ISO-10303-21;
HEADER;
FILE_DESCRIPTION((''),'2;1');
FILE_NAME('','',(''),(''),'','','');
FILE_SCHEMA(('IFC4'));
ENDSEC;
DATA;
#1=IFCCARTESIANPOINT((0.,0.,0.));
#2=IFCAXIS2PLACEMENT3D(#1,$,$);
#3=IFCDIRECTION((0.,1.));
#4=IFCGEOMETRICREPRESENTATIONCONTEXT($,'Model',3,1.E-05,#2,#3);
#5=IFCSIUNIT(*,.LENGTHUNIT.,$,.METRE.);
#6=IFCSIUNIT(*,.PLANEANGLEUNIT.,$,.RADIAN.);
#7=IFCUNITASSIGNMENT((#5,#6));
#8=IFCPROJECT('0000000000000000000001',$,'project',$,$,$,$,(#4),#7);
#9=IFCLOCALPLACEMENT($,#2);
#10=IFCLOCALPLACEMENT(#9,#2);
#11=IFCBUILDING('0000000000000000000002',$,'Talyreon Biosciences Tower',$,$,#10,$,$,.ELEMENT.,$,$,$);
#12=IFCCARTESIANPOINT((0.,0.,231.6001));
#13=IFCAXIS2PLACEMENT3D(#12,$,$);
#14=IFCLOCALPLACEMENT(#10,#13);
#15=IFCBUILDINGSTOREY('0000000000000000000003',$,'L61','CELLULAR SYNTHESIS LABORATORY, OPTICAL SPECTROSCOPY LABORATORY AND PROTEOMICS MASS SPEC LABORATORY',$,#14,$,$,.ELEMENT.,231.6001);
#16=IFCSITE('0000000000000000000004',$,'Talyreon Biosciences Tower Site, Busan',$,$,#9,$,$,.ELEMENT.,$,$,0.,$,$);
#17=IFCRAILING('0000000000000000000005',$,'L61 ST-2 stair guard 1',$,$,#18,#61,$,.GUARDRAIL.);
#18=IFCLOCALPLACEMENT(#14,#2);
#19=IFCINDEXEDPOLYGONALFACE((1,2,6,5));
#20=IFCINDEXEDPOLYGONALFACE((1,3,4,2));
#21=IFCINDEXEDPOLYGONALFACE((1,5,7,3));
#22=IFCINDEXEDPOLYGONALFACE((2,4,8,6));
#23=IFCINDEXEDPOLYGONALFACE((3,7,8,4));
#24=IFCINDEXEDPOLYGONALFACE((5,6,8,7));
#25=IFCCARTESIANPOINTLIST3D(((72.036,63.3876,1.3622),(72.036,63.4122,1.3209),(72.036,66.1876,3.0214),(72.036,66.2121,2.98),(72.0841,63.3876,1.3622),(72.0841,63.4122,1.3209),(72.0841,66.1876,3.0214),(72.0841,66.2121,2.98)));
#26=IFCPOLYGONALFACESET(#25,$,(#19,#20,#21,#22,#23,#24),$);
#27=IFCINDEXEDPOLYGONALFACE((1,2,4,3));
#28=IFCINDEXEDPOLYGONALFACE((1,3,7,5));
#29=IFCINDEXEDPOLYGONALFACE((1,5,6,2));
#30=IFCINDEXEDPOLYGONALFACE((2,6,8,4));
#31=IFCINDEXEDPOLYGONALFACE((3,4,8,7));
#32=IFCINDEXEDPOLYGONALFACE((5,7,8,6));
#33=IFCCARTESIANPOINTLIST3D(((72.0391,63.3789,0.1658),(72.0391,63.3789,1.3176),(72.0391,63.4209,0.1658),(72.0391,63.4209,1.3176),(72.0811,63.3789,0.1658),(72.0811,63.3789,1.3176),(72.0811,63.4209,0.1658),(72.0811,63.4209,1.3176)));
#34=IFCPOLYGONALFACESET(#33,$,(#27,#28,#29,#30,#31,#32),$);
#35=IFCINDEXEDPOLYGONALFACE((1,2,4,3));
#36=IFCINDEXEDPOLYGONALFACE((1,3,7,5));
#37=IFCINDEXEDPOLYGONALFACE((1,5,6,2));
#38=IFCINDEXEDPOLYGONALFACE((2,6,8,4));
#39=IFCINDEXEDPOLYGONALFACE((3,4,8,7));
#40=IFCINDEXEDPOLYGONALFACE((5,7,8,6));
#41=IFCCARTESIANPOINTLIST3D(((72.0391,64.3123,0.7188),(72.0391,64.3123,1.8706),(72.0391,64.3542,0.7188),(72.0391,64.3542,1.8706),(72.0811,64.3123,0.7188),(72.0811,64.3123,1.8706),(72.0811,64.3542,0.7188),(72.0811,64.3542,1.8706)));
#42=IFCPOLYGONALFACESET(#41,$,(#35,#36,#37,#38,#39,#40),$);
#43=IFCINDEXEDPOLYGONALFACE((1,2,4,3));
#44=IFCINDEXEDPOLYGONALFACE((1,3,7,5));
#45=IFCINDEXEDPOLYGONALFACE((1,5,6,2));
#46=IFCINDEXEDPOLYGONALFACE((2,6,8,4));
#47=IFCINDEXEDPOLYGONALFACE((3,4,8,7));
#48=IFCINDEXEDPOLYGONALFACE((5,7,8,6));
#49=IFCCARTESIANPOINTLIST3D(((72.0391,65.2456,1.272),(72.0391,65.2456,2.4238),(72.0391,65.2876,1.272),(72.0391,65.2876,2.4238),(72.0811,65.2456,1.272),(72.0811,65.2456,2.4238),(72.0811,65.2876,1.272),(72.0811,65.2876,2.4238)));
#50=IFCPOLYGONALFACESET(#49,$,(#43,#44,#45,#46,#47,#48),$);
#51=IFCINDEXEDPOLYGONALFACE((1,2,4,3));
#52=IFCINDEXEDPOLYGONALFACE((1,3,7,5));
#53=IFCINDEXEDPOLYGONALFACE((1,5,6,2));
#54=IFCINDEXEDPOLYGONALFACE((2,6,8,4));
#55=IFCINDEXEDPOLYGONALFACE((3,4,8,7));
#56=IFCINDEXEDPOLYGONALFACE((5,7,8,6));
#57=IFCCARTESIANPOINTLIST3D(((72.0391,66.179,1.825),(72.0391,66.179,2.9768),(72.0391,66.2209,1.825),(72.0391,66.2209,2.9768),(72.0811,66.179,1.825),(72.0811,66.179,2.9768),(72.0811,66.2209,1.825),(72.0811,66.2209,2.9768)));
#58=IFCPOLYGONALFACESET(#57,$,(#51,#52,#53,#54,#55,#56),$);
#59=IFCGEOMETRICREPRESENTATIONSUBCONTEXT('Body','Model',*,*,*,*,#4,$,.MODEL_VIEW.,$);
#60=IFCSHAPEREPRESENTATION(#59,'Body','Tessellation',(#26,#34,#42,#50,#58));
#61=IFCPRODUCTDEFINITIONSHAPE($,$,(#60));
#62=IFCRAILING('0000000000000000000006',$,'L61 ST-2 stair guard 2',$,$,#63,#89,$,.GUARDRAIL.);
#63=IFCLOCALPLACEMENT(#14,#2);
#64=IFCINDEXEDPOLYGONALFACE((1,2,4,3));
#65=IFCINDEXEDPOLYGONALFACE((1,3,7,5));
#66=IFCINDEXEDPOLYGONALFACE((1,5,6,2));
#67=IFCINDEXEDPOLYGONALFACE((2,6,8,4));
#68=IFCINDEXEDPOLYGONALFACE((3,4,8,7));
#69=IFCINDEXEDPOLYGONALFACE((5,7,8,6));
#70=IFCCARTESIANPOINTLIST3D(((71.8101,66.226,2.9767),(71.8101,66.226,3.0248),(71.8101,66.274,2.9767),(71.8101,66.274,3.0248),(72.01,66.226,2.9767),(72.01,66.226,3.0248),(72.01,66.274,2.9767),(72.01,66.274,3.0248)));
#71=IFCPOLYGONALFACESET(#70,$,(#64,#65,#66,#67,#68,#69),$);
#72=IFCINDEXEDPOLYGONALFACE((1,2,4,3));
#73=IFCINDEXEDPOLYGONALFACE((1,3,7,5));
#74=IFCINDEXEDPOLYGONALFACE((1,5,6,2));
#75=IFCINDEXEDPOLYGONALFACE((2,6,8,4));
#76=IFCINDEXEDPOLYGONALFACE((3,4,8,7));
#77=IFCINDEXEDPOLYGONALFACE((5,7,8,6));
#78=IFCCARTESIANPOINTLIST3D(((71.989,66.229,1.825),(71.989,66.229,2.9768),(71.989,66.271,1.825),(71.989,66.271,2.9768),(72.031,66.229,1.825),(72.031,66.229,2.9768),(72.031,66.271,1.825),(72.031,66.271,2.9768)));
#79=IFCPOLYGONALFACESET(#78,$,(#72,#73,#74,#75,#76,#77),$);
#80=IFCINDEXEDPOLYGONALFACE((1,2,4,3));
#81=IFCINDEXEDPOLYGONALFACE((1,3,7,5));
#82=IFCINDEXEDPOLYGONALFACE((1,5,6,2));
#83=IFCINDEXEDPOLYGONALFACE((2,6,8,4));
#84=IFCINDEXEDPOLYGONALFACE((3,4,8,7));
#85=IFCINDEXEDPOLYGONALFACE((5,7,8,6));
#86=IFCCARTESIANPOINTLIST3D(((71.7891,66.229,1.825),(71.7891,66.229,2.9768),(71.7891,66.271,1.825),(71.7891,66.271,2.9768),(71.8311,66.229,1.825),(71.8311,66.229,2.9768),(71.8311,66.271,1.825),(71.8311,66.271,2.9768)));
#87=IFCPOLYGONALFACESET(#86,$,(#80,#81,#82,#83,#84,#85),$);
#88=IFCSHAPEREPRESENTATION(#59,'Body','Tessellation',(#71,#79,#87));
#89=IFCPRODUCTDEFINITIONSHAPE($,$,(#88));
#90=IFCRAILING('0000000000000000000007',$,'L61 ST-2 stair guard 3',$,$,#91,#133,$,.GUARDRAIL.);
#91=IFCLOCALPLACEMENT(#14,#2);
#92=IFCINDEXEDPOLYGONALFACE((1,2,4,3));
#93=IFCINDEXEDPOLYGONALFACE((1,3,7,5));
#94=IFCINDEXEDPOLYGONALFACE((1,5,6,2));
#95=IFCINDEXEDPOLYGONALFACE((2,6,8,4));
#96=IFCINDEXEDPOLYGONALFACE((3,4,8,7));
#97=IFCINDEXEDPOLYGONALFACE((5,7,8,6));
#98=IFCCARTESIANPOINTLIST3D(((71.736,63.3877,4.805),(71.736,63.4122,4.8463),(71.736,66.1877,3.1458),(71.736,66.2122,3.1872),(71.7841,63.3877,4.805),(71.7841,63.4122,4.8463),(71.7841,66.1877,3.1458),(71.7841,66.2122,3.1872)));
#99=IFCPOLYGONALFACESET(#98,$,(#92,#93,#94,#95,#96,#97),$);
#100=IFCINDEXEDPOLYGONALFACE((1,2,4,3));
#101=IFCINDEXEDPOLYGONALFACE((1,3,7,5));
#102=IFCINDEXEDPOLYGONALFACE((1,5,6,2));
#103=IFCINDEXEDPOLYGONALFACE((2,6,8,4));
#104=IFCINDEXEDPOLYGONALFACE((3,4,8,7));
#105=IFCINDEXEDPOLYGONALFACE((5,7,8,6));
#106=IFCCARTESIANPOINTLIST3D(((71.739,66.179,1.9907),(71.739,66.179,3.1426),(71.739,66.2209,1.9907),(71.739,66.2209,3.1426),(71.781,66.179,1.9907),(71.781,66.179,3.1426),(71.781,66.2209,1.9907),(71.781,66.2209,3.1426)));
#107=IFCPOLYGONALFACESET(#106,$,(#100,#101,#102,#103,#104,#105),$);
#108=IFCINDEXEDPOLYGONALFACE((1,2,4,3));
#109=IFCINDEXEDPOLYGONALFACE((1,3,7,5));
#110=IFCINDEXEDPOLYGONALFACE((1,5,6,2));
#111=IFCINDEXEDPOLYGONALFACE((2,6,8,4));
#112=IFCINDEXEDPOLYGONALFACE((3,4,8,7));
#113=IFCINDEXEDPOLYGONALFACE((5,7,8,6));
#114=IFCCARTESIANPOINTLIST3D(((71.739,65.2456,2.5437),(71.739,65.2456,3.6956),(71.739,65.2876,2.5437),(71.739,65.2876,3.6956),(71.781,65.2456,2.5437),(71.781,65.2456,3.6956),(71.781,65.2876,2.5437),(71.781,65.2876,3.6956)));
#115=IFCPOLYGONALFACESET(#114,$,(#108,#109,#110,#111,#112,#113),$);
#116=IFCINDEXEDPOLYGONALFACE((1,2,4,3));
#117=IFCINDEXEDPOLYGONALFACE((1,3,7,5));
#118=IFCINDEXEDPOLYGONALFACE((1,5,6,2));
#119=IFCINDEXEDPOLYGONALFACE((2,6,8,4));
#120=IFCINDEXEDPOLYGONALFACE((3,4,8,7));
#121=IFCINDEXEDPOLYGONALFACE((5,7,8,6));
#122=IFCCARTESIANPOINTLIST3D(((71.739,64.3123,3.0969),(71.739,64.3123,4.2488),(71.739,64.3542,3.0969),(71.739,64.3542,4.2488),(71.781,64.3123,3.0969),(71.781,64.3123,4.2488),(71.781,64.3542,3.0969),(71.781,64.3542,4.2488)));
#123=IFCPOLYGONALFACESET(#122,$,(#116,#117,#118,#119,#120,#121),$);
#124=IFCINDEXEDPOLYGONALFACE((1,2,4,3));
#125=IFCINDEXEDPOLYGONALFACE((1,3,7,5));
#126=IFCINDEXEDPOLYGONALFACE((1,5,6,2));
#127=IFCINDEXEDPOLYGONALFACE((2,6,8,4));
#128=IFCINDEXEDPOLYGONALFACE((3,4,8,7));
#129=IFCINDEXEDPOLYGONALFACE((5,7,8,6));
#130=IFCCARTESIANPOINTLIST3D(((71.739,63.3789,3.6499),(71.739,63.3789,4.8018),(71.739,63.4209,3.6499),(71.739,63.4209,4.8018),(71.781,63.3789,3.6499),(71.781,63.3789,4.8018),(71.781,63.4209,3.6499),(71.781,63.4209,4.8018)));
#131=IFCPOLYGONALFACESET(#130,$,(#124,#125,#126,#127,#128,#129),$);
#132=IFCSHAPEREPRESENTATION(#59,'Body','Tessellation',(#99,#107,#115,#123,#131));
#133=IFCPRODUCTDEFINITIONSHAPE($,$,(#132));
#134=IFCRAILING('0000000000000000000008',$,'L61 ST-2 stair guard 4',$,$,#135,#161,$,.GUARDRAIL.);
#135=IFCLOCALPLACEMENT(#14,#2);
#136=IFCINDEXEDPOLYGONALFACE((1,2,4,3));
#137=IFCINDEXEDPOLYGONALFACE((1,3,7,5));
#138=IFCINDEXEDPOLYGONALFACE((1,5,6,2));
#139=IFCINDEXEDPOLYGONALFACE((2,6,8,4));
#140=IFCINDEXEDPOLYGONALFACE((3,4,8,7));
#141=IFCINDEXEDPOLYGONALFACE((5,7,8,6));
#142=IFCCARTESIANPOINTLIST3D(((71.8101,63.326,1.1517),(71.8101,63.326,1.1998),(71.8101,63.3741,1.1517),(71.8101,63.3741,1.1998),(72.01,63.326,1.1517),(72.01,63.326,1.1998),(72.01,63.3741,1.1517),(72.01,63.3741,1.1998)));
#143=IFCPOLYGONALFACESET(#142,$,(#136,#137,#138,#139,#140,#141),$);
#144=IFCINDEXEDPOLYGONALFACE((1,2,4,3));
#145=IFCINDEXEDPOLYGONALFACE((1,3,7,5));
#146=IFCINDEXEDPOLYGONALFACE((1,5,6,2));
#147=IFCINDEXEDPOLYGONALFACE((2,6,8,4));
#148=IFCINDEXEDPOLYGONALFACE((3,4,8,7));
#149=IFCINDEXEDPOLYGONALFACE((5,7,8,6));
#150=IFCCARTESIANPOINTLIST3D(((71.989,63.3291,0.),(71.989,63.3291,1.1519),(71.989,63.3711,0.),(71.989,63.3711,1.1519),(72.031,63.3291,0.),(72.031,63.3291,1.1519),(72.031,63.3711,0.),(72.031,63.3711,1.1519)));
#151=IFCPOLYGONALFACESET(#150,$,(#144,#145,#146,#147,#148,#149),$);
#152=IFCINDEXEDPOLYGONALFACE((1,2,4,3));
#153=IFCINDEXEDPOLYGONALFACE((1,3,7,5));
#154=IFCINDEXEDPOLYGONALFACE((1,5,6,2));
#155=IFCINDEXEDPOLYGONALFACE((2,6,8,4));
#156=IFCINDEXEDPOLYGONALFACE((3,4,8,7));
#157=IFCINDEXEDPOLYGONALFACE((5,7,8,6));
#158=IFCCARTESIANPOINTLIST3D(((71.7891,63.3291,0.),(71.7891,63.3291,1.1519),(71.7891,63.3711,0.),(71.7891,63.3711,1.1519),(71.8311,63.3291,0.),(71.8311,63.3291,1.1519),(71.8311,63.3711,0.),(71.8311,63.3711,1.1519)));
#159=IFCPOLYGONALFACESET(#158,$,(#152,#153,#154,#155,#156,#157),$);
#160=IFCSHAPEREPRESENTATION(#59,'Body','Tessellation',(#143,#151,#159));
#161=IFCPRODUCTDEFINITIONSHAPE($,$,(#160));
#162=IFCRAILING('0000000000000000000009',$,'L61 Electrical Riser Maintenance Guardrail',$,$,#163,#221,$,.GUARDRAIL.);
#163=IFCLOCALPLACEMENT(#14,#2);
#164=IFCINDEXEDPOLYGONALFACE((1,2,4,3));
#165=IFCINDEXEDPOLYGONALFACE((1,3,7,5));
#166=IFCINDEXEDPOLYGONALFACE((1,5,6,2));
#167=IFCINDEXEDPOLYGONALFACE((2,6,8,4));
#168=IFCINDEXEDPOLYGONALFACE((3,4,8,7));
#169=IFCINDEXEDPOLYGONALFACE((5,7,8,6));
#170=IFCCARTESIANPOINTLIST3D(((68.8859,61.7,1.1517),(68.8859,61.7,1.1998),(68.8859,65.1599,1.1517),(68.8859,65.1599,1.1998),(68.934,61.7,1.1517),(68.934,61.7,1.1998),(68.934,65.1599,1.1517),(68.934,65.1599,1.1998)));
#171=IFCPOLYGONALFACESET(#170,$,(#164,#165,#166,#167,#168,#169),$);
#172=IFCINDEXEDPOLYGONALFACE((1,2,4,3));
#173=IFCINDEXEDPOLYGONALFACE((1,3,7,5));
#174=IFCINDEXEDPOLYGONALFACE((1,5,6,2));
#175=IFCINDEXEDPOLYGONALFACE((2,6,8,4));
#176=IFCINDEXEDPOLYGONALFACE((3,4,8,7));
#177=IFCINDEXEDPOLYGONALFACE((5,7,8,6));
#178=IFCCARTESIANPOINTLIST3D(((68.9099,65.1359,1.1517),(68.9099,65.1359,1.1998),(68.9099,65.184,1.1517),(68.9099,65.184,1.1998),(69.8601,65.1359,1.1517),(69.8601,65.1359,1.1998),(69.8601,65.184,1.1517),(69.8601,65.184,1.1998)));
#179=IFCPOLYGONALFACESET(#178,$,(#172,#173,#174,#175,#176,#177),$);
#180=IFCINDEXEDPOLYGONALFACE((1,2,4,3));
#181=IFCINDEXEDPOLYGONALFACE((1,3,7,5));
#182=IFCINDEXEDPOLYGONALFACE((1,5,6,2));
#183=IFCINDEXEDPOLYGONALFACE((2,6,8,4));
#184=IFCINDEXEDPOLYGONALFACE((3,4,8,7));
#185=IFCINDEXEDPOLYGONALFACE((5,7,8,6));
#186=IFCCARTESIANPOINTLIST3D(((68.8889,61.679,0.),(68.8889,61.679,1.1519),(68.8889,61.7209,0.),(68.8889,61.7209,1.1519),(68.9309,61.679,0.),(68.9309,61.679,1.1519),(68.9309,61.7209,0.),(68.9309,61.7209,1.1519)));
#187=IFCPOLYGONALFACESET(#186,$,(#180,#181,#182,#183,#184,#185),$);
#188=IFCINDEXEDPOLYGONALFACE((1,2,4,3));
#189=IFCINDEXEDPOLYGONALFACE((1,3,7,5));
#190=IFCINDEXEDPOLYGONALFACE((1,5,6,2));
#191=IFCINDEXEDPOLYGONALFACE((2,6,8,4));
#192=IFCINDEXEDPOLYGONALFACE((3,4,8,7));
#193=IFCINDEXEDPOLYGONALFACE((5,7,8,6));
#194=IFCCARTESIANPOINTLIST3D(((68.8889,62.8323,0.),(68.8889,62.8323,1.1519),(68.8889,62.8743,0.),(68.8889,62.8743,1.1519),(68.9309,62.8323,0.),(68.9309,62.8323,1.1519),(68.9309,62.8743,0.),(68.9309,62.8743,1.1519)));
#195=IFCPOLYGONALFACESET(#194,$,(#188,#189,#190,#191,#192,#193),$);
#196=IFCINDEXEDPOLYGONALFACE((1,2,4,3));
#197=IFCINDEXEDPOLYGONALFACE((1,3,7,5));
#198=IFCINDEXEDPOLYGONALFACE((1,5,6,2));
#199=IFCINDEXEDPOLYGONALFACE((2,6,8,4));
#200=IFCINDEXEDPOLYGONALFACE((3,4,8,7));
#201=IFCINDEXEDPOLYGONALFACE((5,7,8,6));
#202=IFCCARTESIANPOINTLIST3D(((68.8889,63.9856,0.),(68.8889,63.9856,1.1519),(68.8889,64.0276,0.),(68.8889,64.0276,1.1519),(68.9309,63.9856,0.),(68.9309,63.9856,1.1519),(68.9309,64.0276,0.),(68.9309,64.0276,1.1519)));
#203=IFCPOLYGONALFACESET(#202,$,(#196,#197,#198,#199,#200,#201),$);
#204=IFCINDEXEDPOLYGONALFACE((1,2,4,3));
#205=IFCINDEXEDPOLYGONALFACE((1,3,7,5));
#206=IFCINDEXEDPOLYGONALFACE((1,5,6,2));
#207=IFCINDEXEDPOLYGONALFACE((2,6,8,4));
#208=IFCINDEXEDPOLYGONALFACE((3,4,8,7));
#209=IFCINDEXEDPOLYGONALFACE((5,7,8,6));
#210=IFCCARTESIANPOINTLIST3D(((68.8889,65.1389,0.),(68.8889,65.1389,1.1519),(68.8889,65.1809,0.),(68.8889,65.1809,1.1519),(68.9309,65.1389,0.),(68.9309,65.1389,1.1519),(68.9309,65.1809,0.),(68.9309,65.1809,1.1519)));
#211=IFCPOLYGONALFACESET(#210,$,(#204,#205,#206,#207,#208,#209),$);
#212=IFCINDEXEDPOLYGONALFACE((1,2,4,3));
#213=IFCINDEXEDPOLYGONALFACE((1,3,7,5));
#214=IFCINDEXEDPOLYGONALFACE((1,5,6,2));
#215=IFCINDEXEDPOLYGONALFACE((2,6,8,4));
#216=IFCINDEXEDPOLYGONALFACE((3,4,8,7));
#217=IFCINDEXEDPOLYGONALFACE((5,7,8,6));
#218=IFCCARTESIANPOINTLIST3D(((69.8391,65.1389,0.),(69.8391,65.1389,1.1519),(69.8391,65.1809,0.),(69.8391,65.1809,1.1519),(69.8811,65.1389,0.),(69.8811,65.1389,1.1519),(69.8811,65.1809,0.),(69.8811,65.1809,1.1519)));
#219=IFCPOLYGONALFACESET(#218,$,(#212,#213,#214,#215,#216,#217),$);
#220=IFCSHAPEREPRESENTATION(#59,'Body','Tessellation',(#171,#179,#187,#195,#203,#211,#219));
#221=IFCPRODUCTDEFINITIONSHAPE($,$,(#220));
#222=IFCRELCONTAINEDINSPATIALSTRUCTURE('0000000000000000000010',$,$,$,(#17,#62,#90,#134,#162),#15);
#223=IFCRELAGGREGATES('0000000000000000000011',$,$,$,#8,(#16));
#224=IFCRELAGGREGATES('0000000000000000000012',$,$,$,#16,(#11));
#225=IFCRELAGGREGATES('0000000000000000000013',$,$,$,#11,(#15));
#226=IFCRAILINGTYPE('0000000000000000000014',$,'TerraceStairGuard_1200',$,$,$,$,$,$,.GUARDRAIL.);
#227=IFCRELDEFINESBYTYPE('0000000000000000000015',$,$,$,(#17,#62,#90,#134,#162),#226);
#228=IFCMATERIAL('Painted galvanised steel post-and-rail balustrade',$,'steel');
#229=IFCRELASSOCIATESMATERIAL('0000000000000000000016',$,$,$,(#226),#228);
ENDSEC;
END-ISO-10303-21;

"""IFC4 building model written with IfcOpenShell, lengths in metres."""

from ifc_helpers import new_model, si_unit, direction, frame, origin, origin_2d, place, context, subcontext, project, spatial, rectangle, extrude, material, type_object, element, save


model = new_model("IFC4")

# Units and contexts
model_context = context("Model", 3, precision=1e-05, world=origin(), true_north=direction((0.0, 1.0)))
body_context = subcontext(model_context, "Body", "Model", "MODEL_VIEW")
ifc_project = project(units=[si_unit("LENGTHUNIT", "METRE"), si_unit("PLANEANGLEUNIT", "RADIAN")], contexts=[model_context])

# Site, building, storey
site_placement = place(None, origin())
site = spatial("IfcSite", under=ifc_project, at=site_placement, Name="Talyreon Biosciences Tower Site, Busan", CompositionType="ELEMENT", RefElevation=0.0)
building_placement = place(site_placement, origin())
building = spatial("IfcBuilding", under=site, at=building_placement, Name="Talyreon Biosciences Tower", CompositionType="ELEMENT")
storey_placement = place(building_placement, frame((0.0, 0.0, 231.6001)))
storey = spatial("IfcBuildingStorey", under=building, at=storey_placement, Name="L61", Description="CELLULAR SYNTHESIS LABORATORY, OPTICAL SPECTROSCOPY LABORATORY AND PROTEOMICS MASS SPEC LABORATORY", CompositionType="ELEMENT", Elevation=231.6001)

# Railings
ifc_material_1 = material(Name="Painted galvanised steel post-and-rail balustrade", Category="steel")
railing_type_1 = type_object("IfcRailingType", Name="TerraceStairGuard_1200", PredefinedType="GUARDRAIL", material=ifc_material_1)
railing_1_placement = place(storey_placement, frame((72.0601, 63.3999, 0.1658)))
element("IfcRailing", 1, at=railing_1_placement, inside=storey, type_object=railing_type_1, Name="L61 ST-2 stair guard 1", PredefinedType="GUARDRAIL", context=body_context, shape_type="SweptSolid", body=[
    extrude(rectangle(XDim=0.0481, YDim=0.0481, at=origin_2d()), frame((0.0, 0.0, 1.1758), z_axis=(0.0, 0.860306, 0.509778), x_axis=(-1.0, 0.0, 0.0)), (0.0, 0.0, 1.0), 3.2546),
    extrude(rectangle(XDim=0.042, YDim=0.042, at=origin_2d()), origin(), (0.0, 0.0, 1.0), 1.1519),
    extrude(rectangle(XDim=0.042, YDim=0.042, at=origin_2d()), frame((0.0, 0.9333, 0.553)), (0.0, 0.0, 1.0), 1.1519),
    extrude(rectangle(XDim=0.042, YDim=0.042, at=origin_2d()), frame((0.0, 1.8667, 1.1062)), (0.0, 0.0, 1.0), 1.1519),
    extrude(rectangle(XDim=0.042, YDim=0.042, at=origin_2d()), frame((0.0, 2.8, 1.6592)), (0.0, 0.0, 1.0), 1.1519),
])
railing_2_placement = place(storey_placement, frame((72.01, 66.25, 1.825)))
element("IfcRailing", 2, at=railing_2_placement, inside=storey, type_object=railing_type_1, Name="L61 ST-2 stair guard 2", PredefinedType="GUARDRAIL", context=body_context, shape_type="SweptSolid", body=[
    extrude(rectangle(XDim=0.0481, YDim=0.0481, at=origin_2d()), frame((0.0, 0.0, 1.1758), z_axis=(-1.0, 0.0, 0.0), x_axis=(0.0, -1.0, 0.0)), (0.0, 0.0, 1.0), 0.2),
    extrude(rectangle(XDim=0.042, YDim=0.042, at=origin_2d()), origin(), (0.0, 0.0, 1.0), 1.1519),
    extrude(rectangle(XDim=0.042, YDim=0.042, at=origin_2d()), frame((-0.2, 0.0, 0.0)), (0.0, 0.0, 1.0), 1.1519),
])
railing_3_placement = place(storey_placement, frame((71.76, 66.2, 1.9907)))
element("IfcRailing", 3, at=railing_3_placement, inside=storey, type_object=railing_type_1, Name="L61 ST-2 stair guard 3", PredefinedType="GUARDRAIL", context=body_context, shape_type="SweptSolid", body=[
    extrude(rectangle(XDim=0.0481, YDim=0.0481, at=origin_2d()), frame((0.0, 0.0, 1.1758), z_axis=(0.0, -0.860306, 0.509778), x_axis=(1.0, 0.0, 0.0)), (0.0, 0.0, 1.0), 3.2546),
    extrude(rectangle(XDim=0.042, YDim=0.042, at=origin_2d()), origin(), (0.0, 0.0, 1.0), 1.1519),
    extrude(rectangle(XDim=0.042, YDim=0.042, at=origin_2d()), frame((0.0, -0.9333, 0.553)), (0.0, 0.0, 1.0), 1.1519),
    extrude(rectangle(XDim=0.042, YDim=0.042, at=origin_2d()), frame((0.0, -1.8667, 1.1062)), (0.0, 0.0, 1.0), 1.1519),
    extrude(rectangle(XDim=0.042, YDim=0.042, at=origin_2d()), frame((0.0, -2.8, 1.6592)), (0.0, 0.0, 1.0), 1.1519),
])
railing_4_placement = place(storey_placement, frame((72.01, 63.3501, 0.0)))
element("IfcRailing", 4, at=railing_4_placement, inside=storey, type_object=railing_type_1, Name="L61 ST-2 stair guard 4", PredefinedType="GUARDRAIL", context=body_context, shape_type="SweptSolid", body=[
    extrude(rectangle(XDim=0.0481, YDim=0.0481, at=origin_2d()), frame((0.0, 0.0, 1.1758), z_axis=(-1.0, 0.0, 0.0), x_axis=(0.0, -1.0, 0.0)), (0.0, 0.0, 1.0), 0.2),
    extrude(rectangle(XDim=0.042, YDim=0.042, at=origin_2d()), origin(), (0.0, 0.0, 1.0), 1.1519),
    extrude(rectangle(XDim=0.042, YDim=0.042, at=origin_2d()), frame((-0.2, 0.0, 0.0)), (0.0, 0.0, 1.0), 1.1519),
])
railing_5_placement = place(storey_placement, frame((68.9099, 61.7, 0.0)))
element("IfcRailing", 5, at=railing_5_placement, inside=storey, type_object=railing_type_1, Name="L61 Electrical Riser Maintenance Guardrail", PredefinedType="GUARDRAIL", context=body_context, shape_type="SweptSolid", body=[
    extrude(rectangle(XDim=0.0481, YDim=0.0481, at=origin_2d()), frame((0.0, 0.0, 1.1758), z_axis=(0.0, 1.0, 0.0), x_axis=(-1.0, 0.0, 0.0)), (0.0, 0.0, 1.0), 3.46),
    extrude(rectangle(XDim=0.0481, YDim=0.0481, at=origin_2d()), frame((0.0, 3.46, 1.1758), z_axis=(1.0, 0.0, 0.0), x_axis=(0.0, 1.0, 0.0)), (0.0, 0.0, 1.0), 0.9502),
    extrude(rectangle(XDim=0.042, YDim=0.042, at=origin_2d()), origin(), (0.0, 0.0, 1.0), 1.1519),
    extrude(rectangle(XDim=0.042, YDim=0.042, at=origin_2d()), frame((0.0, 1.1533, 0.0)), (0.0, 0.0, 1.0), 1.1519),
    extrude(rectangle(XDim=0.042, YDim=0.042, at=origin_2d()), frame((0.0, 2.3066, 0.0)), (0.0, 0.0, 1.0), 1.1519),
    extrude(rectangle(XDim=0.042, YDim=0.042, at=origin_2d()), frame((0.0, 3.46, 0.0)), (0.0, 0.0, 1.0), 1.1519),
    extrude(rectangle(XDim=0.042, YDim=0.042, at=origin_2d()), frame((0.9502, 3.46, 0.0)), (0.0, 0.0, 1.0), 1.1519),
])

save(model, "model.ifc")
